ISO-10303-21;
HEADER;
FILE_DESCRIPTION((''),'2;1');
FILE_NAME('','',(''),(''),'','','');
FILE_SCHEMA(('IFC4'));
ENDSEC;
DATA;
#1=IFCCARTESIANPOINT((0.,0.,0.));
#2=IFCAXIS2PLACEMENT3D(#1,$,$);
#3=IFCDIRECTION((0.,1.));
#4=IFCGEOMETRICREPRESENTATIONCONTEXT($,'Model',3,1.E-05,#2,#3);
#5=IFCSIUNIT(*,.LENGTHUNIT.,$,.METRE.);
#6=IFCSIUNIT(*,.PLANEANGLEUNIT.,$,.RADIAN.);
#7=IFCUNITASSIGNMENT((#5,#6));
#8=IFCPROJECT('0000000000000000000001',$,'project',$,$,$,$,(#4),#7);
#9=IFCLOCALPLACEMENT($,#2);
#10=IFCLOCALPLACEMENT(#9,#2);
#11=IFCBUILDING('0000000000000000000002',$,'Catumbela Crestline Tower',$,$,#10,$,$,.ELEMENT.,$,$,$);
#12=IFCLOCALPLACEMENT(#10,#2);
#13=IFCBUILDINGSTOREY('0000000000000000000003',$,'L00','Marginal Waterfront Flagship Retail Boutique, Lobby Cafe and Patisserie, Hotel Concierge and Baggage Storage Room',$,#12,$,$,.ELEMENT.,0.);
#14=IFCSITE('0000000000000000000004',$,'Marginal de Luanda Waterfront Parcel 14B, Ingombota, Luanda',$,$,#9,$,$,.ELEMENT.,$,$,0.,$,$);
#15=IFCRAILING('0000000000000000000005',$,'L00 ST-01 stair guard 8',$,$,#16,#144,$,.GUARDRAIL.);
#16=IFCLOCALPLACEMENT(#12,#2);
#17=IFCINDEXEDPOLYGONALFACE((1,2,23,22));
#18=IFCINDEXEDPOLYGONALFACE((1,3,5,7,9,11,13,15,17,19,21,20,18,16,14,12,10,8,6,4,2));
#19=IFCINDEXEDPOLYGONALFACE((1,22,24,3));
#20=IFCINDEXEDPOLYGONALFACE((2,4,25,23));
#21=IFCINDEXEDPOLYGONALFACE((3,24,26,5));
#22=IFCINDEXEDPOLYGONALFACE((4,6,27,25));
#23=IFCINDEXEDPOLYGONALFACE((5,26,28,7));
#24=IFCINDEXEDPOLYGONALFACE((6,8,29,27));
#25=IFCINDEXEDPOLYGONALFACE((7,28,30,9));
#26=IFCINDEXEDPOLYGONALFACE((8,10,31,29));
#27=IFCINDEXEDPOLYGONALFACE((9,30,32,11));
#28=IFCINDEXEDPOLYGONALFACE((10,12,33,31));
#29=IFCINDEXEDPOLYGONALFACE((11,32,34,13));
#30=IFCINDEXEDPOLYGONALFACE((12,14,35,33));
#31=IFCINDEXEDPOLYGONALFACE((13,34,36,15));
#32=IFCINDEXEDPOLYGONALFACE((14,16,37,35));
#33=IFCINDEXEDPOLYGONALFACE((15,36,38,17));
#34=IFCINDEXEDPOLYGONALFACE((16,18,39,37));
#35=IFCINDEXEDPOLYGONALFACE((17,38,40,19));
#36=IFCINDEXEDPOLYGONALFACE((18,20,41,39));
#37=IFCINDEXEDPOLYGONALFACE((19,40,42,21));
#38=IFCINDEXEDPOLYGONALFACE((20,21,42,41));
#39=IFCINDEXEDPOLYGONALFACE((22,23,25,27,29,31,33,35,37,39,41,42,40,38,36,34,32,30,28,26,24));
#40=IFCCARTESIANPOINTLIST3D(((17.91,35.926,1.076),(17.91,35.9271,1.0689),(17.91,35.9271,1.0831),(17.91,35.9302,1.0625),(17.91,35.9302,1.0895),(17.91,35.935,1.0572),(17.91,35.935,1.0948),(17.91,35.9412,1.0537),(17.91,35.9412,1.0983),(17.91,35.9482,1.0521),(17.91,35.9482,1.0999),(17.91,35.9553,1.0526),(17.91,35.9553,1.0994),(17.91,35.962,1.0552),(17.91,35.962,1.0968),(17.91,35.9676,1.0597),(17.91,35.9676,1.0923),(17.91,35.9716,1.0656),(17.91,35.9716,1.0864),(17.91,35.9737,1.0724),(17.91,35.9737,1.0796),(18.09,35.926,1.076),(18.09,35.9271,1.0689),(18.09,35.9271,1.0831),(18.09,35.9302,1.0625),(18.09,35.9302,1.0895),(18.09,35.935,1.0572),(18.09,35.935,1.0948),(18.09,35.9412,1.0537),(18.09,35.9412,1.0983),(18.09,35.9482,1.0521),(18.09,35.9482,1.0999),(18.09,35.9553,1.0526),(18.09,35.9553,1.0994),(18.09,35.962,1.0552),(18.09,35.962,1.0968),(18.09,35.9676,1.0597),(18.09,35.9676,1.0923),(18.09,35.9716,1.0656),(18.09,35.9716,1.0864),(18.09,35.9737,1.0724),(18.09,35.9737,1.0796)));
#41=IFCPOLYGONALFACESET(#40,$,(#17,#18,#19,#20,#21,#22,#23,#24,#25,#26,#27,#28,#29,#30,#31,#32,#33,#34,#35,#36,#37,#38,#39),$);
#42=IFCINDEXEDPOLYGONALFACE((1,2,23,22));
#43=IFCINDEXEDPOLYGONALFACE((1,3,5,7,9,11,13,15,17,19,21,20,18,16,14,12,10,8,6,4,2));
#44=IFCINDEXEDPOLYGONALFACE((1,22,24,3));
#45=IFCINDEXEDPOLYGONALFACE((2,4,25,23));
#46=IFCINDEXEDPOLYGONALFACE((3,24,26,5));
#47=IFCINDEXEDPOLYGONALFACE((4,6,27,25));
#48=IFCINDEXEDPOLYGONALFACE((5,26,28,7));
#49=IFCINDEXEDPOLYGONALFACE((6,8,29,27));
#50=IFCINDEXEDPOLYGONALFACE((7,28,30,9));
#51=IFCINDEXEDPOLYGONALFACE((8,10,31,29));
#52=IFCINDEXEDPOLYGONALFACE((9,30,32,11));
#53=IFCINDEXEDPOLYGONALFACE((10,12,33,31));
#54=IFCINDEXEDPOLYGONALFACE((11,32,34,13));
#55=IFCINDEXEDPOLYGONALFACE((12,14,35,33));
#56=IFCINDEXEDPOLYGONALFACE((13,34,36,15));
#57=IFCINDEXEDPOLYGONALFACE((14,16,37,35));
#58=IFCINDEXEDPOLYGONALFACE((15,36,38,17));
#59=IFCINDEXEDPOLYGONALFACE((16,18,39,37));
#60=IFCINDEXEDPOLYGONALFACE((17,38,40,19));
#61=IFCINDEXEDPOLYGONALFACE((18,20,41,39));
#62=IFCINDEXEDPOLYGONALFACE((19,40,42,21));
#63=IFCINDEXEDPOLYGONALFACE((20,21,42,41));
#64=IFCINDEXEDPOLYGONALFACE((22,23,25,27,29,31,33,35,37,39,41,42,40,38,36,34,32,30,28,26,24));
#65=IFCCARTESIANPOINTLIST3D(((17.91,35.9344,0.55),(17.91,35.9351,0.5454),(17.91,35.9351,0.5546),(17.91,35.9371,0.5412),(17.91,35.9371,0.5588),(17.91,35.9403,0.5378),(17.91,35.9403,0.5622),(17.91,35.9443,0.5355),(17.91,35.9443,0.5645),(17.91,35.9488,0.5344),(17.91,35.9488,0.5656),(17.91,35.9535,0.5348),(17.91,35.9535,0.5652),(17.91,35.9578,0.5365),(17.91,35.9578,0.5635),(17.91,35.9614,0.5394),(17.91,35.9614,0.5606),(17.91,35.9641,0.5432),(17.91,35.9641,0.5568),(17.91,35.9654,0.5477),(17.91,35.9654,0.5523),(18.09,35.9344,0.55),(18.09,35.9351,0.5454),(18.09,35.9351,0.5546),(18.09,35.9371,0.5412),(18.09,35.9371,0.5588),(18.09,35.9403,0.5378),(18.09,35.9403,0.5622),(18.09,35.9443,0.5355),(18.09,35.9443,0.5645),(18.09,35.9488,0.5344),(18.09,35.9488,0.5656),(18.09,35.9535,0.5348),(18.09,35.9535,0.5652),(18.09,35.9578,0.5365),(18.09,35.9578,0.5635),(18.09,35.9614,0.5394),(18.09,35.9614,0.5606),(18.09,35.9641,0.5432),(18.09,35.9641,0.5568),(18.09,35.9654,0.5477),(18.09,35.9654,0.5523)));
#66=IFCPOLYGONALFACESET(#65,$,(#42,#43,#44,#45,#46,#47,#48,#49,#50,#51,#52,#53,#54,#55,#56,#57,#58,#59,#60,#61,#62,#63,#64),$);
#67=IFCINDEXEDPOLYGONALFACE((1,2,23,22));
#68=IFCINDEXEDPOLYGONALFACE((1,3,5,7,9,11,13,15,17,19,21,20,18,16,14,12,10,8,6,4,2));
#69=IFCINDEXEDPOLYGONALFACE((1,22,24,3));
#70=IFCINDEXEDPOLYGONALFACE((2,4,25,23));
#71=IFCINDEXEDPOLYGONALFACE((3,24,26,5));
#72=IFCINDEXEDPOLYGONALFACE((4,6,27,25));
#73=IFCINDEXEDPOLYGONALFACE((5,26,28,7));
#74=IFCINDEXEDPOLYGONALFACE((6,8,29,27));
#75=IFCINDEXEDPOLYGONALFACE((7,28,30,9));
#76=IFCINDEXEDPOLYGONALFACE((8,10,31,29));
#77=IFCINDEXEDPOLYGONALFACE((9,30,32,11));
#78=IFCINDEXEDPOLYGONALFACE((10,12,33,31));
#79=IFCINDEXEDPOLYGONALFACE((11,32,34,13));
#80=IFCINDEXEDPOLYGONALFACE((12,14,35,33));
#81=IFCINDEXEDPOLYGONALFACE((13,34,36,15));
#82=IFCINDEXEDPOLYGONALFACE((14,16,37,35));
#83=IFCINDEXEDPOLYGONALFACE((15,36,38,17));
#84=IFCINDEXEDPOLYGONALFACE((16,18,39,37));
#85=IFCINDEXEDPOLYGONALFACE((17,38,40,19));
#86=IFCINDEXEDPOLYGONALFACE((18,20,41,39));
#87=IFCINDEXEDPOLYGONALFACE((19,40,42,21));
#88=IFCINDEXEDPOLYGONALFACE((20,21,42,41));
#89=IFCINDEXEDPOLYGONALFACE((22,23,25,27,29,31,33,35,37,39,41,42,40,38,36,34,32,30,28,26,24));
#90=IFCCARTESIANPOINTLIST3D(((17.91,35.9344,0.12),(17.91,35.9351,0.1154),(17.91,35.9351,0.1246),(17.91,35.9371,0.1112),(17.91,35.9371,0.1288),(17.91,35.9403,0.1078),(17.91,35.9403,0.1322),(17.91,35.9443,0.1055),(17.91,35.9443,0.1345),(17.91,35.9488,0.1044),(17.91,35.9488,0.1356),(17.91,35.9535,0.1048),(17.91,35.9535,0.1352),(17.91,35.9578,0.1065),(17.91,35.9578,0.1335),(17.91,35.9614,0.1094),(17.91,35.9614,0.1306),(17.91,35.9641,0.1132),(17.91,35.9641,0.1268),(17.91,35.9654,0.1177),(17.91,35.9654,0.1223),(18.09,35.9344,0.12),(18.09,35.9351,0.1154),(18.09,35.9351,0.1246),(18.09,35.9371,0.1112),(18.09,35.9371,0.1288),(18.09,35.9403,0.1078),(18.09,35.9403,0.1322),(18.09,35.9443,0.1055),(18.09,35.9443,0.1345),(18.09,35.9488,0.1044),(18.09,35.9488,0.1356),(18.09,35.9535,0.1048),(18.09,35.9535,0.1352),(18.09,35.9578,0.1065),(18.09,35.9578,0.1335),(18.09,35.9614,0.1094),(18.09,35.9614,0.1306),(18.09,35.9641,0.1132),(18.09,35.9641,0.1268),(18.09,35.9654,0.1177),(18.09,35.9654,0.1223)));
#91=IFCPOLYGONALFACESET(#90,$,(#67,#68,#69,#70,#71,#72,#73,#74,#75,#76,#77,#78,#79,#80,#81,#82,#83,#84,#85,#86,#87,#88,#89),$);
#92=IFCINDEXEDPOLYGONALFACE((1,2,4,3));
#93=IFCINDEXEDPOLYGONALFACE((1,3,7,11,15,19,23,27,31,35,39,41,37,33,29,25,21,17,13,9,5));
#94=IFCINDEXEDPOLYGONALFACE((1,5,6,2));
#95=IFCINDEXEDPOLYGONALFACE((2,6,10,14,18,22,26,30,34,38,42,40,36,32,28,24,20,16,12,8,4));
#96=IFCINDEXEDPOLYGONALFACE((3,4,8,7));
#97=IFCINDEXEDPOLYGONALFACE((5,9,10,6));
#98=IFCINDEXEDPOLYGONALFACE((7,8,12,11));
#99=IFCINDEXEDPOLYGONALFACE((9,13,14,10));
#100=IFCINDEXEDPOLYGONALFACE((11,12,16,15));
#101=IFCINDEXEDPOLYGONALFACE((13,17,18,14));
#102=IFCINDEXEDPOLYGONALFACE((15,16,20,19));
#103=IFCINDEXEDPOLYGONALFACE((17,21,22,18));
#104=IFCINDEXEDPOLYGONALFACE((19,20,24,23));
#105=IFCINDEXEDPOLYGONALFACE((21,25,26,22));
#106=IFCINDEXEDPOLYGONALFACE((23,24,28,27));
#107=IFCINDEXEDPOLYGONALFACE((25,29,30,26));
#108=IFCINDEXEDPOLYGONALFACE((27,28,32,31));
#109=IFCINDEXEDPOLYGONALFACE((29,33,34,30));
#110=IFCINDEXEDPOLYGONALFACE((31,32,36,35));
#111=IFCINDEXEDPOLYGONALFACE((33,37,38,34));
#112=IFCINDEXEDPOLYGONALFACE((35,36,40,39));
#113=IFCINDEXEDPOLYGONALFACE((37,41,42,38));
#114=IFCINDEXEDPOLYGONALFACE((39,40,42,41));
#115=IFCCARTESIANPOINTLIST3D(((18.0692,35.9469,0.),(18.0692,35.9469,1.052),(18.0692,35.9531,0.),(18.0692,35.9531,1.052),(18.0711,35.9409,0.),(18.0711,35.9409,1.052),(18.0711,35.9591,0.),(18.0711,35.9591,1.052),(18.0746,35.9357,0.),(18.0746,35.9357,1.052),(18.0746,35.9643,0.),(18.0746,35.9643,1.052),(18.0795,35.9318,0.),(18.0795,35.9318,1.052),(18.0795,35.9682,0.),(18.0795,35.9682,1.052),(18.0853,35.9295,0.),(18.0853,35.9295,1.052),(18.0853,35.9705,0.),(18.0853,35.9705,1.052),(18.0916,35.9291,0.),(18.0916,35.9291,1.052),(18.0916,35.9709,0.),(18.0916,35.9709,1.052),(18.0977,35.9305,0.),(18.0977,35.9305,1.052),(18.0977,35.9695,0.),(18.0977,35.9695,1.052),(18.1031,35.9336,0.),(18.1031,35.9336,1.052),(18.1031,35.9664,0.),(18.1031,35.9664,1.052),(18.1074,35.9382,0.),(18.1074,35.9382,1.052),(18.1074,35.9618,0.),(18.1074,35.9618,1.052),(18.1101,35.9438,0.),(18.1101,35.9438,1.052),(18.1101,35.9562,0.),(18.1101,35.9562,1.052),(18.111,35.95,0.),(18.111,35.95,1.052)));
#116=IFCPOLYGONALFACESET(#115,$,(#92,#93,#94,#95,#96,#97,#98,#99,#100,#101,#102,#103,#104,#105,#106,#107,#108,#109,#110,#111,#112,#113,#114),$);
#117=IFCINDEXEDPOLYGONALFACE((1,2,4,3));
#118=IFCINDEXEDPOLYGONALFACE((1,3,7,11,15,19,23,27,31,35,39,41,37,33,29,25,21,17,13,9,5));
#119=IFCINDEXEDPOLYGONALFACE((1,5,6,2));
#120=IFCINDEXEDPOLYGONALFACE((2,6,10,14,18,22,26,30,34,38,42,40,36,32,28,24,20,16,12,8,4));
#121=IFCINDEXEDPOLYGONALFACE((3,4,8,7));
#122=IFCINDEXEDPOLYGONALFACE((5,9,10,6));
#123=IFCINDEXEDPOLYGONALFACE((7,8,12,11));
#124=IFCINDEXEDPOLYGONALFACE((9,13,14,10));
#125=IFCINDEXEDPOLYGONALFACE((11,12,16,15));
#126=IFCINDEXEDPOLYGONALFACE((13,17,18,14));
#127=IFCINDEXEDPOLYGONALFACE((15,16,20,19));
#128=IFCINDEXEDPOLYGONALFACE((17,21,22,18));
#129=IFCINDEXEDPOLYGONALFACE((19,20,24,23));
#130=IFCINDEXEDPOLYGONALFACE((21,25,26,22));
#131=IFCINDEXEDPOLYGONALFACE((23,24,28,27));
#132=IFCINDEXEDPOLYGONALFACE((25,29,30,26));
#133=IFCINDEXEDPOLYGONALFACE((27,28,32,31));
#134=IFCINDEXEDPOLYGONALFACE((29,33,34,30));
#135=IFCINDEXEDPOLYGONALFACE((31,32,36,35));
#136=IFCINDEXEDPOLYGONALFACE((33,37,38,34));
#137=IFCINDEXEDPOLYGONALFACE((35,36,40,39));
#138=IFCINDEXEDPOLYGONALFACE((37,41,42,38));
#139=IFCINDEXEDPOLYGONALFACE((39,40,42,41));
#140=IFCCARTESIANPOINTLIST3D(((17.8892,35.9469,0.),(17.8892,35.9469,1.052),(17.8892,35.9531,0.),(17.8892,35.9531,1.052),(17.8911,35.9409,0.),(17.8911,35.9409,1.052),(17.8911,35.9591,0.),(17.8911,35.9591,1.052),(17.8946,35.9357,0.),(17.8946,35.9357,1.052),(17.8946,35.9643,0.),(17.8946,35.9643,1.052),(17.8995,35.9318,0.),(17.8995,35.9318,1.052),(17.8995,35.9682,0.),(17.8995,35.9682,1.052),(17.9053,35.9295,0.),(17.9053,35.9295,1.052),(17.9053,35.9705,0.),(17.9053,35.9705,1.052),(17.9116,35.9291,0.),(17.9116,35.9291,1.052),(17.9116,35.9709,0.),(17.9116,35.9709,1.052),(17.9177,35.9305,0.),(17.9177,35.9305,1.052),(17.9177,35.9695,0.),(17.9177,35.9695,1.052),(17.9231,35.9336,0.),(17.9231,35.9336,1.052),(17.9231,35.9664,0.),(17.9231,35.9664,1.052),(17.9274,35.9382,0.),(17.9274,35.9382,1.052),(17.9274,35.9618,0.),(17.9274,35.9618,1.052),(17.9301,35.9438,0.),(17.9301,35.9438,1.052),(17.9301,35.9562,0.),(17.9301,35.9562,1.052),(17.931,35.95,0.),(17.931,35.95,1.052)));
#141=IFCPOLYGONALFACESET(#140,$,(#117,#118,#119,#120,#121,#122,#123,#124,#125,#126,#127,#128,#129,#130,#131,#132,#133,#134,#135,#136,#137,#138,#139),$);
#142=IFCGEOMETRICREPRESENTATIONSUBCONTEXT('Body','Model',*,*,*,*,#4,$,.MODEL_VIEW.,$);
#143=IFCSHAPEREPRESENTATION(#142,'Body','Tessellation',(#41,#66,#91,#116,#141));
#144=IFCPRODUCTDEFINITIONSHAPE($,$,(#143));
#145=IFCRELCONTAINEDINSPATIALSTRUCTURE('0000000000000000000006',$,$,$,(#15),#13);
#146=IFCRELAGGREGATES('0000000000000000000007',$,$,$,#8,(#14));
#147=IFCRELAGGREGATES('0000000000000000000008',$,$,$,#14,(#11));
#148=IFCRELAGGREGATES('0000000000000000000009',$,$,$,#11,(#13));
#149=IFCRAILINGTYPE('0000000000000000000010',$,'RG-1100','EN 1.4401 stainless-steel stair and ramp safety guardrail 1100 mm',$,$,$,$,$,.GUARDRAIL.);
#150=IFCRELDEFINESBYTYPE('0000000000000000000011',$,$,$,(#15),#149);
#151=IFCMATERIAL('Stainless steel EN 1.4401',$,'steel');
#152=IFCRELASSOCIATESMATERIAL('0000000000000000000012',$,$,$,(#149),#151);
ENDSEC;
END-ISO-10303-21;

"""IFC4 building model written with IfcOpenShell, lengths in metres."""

from ifc_helpers import new_model, si_unit, direction, frame, origin, origin_2d, place, context, subcontext, project, spatial, circle, extrude, material, type_object, element, save


model = new_model("IFC4")

# Units and contexts
model_context = context("Model", 3, precision=1e-05, world=origin(), true_north=direction((0.0, 1.0)))
body_context = subcontext(model_context, "Body", "Model", "MODEL_VIEW")
ifc_project = project(units=[si_unit("LENGTHUNIT", "METRE"), si_unit("PLANEANGLEUNIT", "RADIAN")], contexts=[model_context])

# Site, building, storey
site_placement = place(None, origin())
site = spatial("IfcSite", under=ifc_project, at=site_placement, Name="Marginal de Luanda Waterfront Parcel 14B, Ingombota, Luanda", CompositionType="ELEMENT", RefElevation=0.0)
building_placement = place(site_placement, origin())
building = spatial("IfcBuilding", under=site, at=building_placement, Name="Catumbela Crestline Tower", CompositionType="ELEMENT")
storey_placement = place(building_placement, origin())
storey = spatial("IfcBuildingStorey", under=building, at=storey_placement, Name="L00", Description="Marginal Waterfront Flagship Retail Boutique, Lobby Cafe and Patisserie, Hotel Concierge and Baggage Storage Room", CompositionType="ELEMENT", Elevation=0.0)

# Shared definitions
ifc_material_1 = material(Name="Stainless steel EN 1.4401", Category="steel")

# Railing
railing_type_1 = type_object("IfcRailingType", Name="RG-1100", Description="EN 1.4401 stainless-steel stair and ramp safety guardrail 1100 mm", PredefinedType="GUARDRAIL", material=ifc_material_1)
for number, where, name in (
    (1, (18.09, 35.95, 0.0), "L00 ST-01 stair guard 8"),
):
    element("IfcRailing", number, at=place(storey_placement, frame(where)), inside=storey, type_object=railing_type_1, Name=name, PredefinedType="GUARDRAIL", context=body_context, shape_type="SweptSolid", body=[
        extrude(circle(Radius=0.024, at=origin_2d()), frame((0.0, 0.0, 1.076), z_axis=(-1.0, 0.0, 0.0), x_axis=(0.0, -1.0, 0.0)), (0.0, 0.0, 1.0), 0.18),
        extrude(circle(Radius=0.0156, at=origin_2d()), frame((0.0, 0.0, 0.55), z_axis=(-1.0, 0.0, 0.0), x_axis=(0.0, -1.0, 0.0)), (0.0, 0.0, 1.0), 0.18),
        extrude(circle(Radius=0.0156, at=origin_2d()), frame((0.0, 0.0, 0.12), z_axis=(-1.0, 0.0, 0.0), x_axis=(0.0, -1.0, 0.0)), (0.0, 0.0, 1.0), 0.18),
        extrude(circle(Radius=0.021, at=origin_2d()), origin(), (0.0, 0.0, 1.0), 1.052),
        extrude(circle(Radius=0.021, at=origin_2d()), frame((-0.18, 0.0, 0.0)), (0.0, 0.0, 1.0), 1.052),
    ])

save(model, "model.ifc")
